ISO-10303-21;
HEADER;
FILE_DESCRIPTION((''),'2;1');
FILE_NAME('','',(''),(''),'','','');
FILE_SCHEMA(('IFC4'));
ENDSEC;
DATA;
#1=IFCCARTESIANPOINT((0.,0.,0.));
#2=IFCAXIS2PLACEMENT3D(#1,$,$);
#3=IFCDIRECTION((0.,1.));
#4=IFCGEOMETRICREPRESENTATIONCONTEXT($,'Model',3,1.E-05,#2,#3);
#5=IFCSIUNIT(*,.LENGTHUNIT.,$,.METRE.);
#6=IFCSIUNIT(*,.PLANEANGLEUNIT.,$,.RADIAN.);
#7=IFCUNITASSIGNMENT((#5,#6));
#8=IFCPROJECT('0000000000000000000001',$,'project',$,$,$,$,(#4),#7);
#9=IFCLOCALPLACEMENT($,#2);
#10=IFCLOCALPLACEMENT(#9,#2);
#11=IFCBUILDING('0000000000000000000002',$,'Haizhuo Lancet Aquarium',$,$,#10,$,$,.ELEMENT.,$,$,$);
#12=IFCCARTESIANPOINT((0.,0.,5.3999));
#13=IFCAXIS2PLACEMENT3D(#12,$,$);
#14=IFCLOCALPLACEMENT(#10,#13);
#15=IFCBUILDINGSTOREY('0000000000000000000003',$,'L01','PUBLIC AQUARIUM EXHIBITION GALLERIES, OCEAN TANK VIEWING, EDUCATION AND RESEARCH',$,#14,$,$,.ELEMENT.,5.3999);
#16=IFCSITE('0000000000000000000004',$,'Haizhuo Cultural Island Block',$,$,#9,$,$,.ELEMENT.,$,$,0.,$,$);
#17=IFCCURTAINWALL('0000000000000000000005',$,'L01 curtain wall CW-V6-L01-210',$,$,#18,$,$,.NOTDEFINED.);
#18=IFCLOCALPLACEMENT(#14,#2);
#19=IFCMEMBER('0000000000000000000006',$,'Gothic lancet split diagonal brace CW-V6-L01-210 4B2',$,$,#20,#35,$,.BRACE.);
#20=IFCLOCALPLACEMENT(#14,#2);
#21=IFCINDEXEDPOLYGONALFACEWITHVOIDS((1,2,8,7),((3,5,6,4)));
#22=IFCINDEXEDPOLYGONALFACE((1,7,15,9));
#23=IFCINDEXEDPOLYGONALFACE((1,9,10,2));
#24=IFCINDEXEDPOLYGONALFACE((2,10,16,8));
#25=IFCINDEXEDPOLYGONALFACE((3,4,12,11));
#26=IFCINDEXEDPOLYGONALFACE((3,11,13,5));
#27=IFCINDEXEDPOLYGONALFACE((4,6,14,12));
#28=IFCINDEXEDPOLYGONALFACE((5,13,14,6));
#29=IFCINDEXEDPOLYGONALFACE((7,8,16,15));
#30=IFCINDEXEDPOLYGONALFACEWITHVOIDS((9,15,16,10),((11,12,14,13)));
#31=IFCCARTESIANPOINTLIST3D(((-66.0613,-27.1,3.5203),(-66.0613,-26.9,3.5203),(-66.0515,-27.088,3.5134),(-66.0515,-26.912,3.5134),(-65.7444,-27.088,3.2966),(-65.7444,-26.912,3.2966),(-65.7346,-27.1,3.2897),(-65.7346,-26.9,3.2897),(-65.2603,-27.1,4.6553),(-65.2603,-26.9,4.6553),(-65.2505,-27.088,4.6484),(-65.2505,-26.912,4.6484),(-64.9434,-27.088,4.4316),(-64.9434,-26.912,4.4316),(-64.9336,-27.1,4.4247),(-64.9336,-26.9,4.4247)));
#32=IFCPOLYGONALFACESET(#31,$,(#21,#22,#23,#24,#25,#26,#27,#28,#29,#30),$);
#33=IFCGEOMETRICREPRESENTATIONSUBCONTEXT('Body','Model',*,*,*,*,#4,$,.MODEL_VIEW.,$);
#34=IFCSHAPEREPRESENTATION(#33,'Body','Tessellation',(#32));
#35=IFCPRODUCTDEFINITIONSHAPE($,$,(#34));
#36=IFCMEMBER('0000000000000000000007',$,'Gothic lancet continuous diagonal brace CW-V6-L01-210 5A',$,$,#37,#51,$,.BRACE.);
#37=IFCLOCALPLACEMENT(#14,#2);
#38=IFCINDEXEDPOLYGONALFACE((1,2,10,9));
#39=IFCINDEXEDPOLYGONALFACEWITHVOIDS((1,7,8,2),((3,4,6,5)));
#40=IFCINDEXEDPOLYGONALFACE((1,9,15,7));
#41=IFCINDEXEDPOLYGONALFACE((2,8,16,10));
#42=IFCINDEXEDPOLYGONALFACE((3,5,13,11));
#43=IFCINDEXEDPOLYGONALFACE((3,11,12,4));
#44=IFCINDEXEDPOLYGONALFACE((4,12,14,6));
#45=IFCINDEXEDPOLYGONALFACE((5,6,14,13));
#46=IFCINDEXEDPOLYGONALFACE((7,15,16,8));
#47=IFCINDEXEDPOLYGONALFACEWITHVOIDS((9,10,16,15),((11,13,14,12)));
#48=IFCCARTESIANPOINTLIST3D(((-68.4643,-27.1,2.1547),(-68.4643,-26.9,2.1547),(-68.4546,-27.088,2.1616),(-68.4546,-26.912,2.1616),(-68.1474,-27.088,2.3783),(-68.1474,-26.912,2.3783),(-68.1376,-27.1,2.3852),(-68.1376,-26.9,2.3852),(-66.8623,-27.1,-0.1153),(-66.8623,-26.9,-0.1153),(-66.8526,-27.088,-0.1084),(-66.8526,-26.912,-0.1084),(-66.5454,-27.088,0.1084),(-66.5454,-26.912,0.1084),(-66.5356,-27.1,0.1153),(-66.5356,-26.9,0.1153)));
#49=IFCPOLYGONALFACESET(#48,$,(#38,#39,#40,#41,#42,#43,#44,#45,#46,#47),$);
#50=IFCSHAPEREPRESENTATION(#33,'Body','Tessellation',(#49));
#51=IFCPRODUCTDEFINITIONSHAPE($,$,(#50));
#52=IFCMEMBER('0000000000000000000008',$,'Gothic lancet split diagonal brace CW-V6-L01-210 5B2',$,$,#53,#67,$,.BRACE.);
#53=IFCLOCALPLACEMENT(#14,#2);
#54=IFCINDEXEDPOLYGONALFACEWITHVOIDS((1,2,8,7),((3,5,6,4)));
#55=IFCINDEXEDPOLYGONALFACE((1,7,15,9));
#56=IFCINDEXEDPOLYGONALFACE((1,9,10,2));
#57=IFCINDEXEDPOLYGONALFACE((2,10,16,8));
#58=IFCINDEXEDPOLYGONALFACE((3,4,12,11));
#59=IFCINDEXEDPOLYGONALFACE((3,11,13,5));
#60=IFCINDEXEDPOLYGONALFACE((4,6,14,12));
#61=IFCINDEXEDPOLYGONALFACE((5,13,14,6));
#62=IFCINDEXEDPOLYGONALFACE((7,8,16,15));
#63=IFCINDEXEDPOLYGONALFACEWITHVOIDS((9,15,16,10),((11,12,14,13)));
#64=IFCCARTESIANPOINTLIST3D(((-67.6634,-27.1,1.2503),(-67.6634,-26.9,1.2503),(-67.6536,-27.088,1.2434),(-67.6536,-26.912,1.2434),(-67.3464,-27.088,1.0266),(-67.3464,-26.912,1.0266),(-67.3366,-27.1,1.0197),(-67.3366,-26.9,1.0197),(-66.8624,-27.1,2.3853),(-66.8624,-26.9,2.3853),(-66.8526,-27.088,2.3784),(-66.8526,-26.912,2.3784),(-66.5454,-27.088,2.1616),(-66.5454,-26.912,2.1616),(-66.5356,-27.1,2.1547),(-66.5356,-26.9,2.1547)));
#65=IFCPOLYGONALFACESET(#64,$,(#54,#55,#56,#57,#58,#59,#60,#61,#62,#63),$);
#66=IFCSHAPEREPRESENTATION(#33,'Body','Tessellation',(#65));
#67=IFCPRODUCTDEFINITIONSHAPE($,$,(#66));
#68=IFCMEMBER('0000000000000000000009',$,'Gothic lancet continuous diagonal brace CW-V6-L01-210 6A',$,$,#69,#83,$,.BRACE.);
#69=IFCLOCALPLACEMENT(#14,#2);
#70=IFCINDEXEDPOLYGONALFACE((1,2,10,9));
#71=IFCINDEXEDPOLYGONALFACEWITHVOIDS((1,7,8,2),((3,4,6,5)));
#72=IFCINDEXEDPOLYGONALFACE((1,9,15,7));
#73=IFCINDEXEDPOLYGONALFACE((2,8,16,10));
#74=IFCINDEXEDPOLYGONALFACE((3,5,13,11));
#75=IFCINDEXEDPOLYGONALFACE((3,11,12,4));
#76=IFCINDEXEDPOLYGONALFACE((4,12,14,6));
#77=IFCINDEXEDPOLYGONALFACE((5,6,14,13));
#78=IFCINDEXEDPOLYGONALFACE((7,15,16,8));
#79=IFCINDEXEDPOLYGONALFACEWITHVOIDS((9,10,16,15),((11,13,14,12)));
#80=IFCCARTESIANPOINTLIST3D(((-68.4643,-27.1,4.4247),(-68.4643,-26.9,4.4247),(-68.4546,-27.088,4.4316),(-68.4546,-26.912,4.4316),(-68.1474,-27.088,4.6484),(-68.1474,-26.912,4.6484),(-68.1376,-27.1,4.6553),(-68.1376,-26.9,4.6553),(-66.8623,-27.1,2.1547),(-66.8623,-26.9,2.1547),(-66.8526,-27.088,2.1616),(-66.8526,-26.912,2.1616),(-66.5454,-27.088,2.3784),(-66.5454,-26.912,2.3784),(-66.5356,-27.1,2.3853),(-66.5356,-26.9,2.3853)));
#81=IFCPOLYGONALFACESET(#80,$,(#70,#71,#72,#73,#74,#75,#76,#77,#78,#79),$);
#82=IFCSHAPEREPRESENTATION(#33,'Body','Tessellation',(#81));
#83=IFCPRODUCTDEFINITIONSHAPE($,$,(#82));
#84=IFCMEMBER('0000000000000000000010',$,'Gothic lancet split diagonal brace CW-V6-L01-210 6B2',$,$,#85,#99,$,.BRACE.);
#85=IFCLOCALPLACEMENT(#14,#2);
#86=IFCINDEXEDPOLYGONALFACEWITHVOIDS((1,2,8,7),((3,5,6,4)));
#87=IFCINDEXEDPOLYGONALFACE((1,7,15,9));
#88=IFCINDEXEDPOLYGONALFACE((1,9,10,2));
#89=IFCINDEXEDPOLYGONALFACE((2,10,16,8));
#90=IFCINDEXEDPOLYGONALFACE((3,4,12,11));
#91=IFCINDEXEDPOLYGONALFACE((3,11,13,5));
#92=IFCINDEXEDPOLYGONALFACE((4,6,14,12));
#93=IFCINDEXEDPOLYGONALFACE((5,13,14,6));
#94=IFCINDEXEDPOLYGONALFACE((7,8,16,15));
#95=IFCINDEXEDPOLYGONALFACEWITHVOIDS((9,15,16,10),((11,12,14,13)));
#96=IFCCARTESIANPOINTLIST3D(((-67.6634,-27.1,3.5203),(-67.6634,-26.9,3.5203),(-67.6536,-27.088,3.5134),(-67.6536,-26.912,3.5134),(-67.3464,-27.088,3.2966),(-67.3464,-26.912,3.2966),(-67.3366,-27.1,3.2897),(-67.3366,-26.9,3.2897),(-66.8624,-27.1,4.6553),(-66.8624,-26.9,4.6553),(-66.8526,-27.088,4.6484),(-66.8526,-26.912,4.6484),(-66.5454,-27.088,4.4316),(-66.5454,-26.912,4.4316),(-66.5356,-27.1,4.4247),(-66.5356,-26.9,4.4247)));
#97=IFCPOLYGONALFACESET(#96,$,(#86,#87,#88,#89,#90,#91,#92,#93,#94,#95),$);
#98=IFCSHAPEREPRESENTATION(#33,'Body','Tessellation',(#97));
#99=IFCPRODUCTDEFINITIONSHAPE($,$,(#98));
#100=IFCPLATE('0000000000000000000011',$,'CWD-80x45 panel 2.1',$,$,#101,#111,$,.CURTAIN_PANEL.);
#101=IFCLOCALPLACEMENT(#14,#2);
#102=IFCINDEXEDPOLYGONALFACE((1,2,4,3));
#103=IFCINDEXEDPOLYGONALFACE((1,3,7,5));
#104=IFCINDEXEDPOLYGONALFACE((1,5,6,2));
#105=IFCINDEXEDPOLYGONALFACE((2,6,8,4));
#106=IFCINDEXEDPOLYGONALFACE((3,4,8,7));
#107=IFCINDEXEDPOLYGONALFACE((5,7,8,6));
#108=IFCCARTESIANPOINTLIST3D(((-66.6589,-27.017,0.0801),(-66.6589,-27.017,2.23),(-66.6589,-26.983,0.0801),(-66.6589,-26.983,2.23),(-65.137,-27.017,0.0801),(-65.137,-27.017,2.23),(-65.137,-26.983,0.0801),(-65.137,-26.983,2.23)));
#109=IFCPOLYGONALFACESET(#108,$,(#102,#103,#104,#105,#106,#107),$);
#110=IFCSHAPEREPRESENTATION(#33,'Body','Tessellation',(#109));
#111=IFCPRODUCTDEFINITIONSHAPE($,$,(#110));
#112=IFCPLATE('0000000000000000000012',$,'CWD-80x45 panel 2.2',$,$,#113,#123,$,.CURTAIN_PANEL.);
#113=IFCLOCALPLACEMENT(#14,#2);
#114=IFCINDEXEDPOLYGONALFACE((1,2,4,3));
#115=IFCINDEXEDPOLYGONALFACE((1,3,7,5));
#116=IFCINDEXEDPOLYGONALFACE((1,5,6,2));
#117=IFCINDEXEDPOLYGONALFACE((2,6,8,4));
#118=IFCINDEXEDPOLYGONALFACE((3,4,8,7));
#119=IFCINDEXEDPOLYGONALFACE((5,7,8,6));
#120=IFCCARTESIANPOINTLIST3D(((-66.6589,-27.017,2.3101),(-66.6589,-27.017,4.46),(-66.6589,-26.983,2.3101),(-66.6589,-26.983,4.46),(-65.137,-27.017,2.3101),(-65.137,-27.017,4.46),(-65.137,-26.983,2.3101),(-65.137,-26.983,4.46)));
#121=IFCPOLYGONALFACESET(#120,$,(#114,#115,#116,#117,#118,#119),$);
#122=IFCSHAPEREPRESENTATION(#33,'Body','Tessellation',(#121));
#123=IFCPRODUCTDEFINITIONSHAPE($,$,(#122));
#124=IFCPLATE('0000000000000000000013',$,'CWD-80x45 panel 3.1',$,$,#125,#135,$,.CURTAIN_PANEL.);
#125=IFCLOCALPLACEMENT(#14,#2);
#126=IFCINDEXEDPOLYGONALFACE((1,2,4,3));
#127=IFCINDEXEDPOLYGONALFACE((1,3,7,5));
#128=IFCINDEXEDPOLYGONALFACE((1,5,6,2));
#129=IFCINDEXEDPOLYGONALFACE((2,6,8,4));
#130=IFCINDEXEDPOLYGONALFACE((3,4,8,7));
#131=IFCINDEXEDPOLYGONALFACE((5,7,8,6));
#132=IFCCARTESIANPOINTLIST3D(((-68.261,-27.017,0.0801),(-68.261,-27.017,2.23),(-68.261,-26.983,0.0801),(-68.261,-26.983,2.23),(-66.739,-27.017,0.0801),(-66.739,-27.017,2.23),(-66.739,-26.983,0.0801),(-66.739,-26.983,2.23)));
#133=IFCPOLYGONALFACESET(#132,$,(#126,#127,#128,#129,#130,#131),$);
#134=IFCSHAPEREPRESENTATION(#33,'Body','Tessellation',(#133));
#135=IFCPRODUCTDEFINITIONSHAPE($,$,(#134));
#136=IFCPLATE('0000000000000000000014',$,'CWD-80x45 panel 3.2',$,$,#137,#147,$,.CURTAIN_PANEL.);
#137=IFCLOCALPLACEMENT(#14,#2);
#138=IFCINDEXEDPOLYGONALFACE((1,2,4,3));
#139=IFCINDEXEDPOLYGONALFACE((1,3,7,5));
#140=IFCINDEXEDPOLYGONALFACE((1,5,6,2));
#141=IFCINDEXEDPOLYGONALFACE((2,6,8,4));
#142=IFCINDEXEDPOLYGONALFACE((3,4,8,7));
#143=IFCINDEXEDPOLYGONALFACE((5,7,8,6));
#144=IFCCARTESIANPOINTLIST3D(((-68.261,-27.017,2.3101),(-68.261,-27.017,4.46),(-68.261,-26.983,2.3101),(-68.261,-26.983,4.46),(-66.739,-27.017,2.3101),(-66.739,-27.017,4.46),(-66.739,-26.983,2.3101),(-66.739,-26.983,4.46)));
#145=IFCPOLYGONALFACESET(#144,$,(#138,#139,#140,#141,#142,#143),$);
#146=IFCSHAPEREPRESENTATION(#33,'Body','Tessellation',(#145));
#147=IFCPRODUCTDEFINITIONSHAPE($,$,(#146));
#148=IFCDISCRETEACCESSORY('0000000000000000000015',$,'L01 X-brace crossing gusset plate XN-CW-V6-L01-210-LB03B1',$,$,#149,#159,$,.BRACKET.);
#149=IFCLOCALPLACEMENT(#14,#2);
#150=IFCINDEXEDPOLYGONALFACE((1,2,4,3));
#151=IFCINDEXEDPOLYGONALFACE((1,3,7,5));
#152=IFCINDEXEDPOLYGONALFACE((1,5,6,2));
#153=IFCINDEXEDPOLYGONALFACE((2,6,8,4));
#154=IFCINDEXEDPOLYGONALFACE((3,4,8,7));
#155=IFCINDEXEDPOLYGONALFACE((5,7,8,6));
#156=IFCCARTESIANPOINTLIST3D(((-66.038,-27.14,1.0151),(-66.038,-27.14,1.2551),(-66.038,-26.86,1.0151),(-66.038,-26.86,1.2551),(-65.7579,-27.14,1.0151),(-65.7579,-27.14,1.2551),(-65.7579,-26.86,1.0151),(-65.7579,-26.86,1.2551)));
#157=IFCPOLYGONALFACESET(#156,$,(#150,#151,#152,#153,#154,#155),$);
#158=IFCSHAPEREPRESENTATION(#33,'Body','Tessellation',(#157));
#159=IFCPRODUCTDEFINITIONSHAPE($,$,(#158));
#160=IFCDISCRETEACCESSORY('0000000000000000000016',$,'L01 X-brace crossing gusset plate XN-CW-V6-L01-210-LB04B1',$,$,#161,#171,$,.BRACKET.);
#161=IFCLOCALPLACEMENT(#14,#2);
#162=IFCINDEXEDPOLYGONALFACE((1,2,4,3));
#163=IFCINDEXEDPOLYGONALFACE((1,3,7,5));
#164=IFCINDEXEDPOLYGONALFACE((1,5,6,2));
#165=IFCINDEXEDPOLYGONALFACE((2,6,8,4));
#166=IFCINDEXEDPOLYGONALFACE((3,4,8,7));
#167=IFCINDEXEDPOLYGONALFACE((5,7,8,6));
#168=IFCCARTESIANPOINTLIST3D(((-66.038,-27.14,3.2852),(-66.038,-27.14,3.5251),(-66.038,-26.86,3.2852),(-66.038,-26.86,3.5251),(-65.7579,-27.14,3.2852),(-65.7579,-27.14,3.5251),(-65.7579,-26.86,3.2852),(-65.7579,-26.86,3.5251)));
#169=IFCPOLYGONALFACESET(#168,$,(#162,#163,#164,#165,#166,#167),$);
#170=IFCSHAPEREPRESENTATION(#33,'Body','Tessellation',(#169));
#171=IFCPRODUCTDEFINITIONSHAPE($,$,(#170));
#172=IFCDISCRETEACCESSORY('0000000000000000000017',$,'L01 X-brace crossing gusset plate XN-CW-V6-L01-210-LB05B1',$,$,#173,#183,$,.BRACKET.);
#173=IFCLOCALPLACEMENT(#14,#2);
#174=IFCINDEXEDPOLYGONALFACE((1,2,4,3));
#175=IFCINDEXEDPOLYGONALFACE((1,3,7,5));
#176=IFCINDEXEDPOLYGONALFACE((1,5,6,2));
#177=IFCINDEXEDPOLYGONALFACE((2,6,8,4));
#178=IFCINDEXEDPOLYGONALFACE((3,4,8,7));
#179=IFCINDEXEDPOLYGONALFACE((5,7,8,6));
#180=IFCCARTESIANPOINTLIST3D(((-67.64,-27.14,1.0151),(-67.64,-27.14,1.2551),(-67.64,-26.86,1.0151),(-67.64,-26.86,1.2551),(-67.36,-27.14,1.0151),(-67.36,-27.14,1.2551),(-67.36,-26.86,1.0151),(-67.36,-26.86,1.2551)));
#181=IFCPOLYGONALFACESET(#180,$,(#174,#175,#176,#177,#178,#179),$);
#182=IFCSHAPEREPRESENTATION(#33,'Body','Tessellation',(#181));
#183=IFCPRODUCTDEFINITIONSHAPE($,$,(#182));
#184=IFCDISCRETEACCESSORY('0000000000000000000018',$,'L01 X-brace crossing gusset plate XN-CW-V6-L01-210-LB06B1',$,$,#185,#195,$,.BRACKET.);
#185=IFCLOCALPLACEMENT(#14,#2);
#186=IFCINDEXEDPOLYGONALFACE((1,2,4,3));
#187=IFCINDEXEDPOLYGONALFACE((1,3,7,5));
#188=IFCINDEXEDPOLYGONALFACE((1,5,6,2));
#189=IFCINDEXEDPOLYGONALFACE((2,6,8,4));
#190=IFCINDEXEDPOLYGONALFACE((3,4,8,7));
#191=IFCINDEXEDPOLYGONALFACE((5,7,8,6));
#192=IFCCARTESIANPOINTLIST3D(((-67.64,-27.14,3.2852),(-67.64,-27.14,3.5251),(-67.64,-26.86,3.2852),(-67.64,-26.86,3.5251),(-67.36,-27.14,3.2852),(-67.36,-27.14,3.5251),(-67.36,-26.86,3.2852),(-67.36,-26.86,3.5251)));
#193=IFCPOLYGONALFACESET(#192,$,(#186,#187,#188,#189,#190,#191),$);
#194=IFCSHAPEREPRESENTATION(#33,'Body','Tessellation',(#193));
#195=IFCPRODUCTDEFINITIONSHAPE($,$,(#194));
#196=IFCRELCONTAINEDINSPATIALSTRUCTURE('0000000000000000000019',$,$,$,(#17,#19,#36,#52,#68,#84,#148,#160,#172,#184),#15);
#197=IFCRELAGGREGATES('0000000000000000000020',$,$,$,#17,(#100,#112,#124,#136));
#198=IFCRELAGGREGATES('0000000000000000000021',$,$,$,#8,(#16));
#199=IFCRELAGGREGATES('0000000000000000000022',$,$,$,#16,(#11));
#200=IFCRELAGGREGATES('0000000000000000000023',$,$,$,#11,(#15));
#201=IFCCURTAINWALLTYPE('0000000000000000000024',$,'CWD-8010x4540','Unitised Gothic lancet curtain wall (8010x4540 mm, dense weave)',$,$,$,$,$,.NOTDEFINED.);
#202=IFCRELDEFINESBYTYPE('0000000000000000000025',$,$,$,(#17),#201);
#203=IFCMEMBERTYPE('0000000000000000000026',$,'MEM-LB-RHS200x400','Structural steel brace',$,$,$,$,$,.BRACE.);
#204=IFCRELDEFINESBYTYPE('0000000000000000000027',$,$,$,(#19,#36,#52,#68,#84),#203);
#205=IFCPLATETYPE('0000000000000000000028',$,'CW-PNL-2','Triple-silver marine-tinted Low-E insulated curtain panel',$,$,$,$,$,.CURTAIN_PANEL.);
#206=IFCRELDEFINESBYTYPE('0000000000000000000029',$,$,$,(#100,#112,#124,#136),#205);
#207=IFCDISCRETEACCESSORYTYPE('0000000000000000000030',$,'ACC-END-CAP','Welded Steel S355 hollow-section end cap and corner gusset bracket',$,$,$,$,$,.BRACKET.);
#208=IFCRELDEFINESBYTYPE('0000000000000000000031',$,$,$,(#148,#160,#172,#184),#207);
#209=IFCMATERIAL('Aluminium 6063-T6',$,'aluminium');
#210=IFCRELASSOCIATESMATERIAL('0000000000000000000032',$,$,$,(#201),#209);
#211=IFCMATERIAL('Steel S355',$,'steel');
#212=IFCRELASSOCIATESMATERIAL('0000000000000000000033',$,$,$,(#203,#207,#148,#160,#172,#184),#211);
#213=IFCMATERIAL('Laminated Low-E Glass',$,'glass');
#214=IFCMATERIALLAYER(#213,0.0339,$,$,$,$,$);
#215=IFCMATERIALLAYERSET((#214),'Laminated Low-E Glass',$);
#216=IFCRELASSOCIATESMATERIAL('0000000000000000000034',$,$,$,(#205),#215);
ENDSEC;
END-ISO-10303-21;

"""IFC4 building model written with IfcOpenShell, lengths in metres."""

from ifc_helpers import new_model, si_unit, direction, frame, origin, origin_2d, place, context, subcontext, project, spatial, rectangle, hollow_rectangle, extrude, material, layer, layer_set, material_profile, profile_set, type_object, element, aggregate, save


model = new_model("IFC4")

# Units and contexts
model_context = context("Model", 3, precision=1e-05, world=origin(), true_north=direction((0.0, 1.0)))
body_context = subcontext(model_context, "Body", "Model", "MODEL_VIEW")
ifc_project = project(units=[si_unit("LENGTHUNIT", "METRE"), si_unit("PLANEANGLEUNIT", "RADIAN")], contexts=[model_context])

# Site, building, storey
site_placement = place(None, origin())
site = spatial("IfcSite", under=ifc_project, at=site_placement, Name="Haizhuo Cultural Island Block", CompositionType="ELEMENT", RefElevation=0.0)
building_placement = place(site_placement, origin())
building = spatial("IfcBuilding", under=site, at=building_placement, Name="Haizhuo Lancet Aquarium", CompositionType="ELEMENT")
storey_placement = place(building_placement, frame((0.0, 0.0, 5.3999)))
storey = spatial("IfcBuildingStorey", under=building, at=storey_placement, Name="L01", Description="PUBLIC AQUARIUM EXHIBITION GALLERIES, OCEAN TANK VIEWING, EDUCATION AND RESEARCH", CompositionType="ELEMENT", Elevation=5.3999)

# Curtain wall
ifc_material_1 = material(Name="Aluminium 6063-T6", Category="aluminium")
curtain_wall_type = type_object("IfcCurtainWallType", Name="CWD-8010x4540", Description="Unitised Gothic lancet curtain wall (8010x4540 mm, dense weave)", PredefinedType="NOTDEFINED", material=ifc_material_1)
curtain_wall_placement = place(storey_placement, origin())
curtain_wall = element("IfcCurtainWall", 1, at=curtain_wall_placement, inside=storey, type_object=curtain_wall_type, Name="L01 curtain wall CW-V6-L01-210", PredefinedType="NOTDEFINED")

# Members
ifc_material_2 = material(Name="Steel S355", Category="steel")
ifc_material_profile_1 = material_profile(ifc_material_2, hollow_rectangle(XDim=0.2, YDim=0.3999, WallThickness=0.012, at=origin_2d()), Name="RHS 200x400x12")
ifc_profile_set_1 = profile_set([ifc_material_profile_1], Name="Steel S355")
member_type_1 = type_object("IfcMemberType", Name="MEM-LB-RHS200x400", Description="Structural steel brace", PredefinedType="BRACE", material=ifc_profile_set_1)
for number, where, z_axis, x_axis, name in (
    (2, (-65.8979, -27.0, 3.405), (0.576607, 0.0, 0.817021), (0.0, 1.0, 0.0), "Gothic lancet split diagonal brace CW-V6-L01-210 4B2"),
):
    element("IfcMember", number, at=place(storey_placement, frame(where, z_axis=z_axis, x_axis=x_axis)), inside=storey, type_object=member_type_1, Name=name, PredefinedType="BRACE", context=body_context, shape_type="SweptSolid", body=[
        extrude(hollow_rectangle(XDim=0.2, YDim=0.3999, WallThickness=0.012, at=origin_2d()), origin(), (0.0, 0.0, 1.0), 1.3892),
    ])
member_1_placement = place(storey_placement, frame((-66.699, -27.0, 0.0), z_axis=(-0.576607, 0.0, 0.817021), x_axis=(0.0, -1.0, 0.0)))
element("IfcMember", 3, at=member_1_placement, inside=storey, type_object=member_type_1, Name="Gothic lancet continuous diagonal brace CW-V6-L01-210 5A", PredefinedType="BRACE", context=body_context, shape_type="SweptSolid", body=[
    extrude(hollow_rectangle(XDim=0.2, YDim=0.3999, WallThickness=0.012, at=origin_2d()), origin(), (0.0, 0.0, 1.0), 2.7783),
])
member_2_placement = place(storey_placement, frame((-67.5, -27.0, 1.135), z_axis=(0.576607, 0.0, 0.817021), x_axis=(0.0, 1.0, 0.0)))
element("IfcMember", 4, at=member_2_placement, inside=storey, type_object=member_type_1, Name="Gothic lancet split diagonal brace CW-V6-L01-210 5B2", PredefinedType="BRACE", context=body_context, shape_type="SweptSolid", body=[
    extrude(hollow_rectangle(XDim=0.2, YDim=0.3999, WallThickness=0.012, at=origin_2d()), origin(), (0.0, 0.0, 1.0), 1.3892),
])
member_3_placement = place(storey_placement, frame((-66.699, -27.0, 2.27), z_axis=(-0.576607, 0.0, 0.817021), x_axis=(0.0, -1.0, 0.0)))
element("IfcMember", 5, at=member_3_placement, inside=storey, type_object=member_type_1, Name="Gothic lancet continuous diagonal brace CW-V6-L01-210 6A", PredefinedType="BRACE", context=body_context, shape_type="SweptSolid", body=[
    extrude(hollow_rectangle(XDim=0.2, YDim=0.3999, WallThickness=0.012, at=origin_2d()), origin(), (0.0, 0.0, 1.0), 2.7783),
])
member_4_placement = place(storey_placement, frame((-67.5, -27.0, 3.405), z_axis=(0.576607, 0.0, 0.817021), x_axis=(0.0, 1.0, 0.0)))
element("IfcMember", 6, at=member_4_placement, inside=storey, type_object=member_type_1, Name="Gothic lancet split diagonal brace CW-V6-L01-210 6B2", PredefinedType="BRACE", context=body_context, shape_type="SweptSolid", body=[
    extrude(hollow_rectangle(XDim=0.2, YDim=0.3999, WallThickness=0.012, at=origin_2d()), origin(), (0.0, 0.0, 1.0), 1.3892),
])

# Plates
ifc_material_3 = material(Name="Laminated Low-E Glass", Category="glass")
ifc_layer = layer(ifc_material_3, 0.0339)
ifc_layer_set = layer_set([ifc_layer], Name="Laminated Low-E Glass")
plate_type = type_object("IfcPlateType", Name="CW-PNL-2", Description="Triple-silver marine-tinted Low-E insulated curtain panel", PredefinedType="CURTAIN_PANEL", material=ifc_layer_set)
plate_1_placement = place(storey_placement, frame((-65.8979, -27.0, 0.0801), z_axis=(0.0, 0.0, 1.0), x_axis=(-1.0, 0.0, 0.0)))
plate_1 = element("IfcPlate", 7, at=plate_1_placement, type_object=plate_type, Name="CWD-80x45 panel 2.1", PredefinedType="CURTAIN_PANEL", context=body_context, shape_type="SweptSolid", body=[
    extrude(rectangle(XDim=1.522, YDim=0.0339, at=origin_2d()), origin(), (0.0, 0.0, 1.0), 2.1499),
])
plate_2_placement = place(storey_placement, frame((-65.8979, -27.0, 2.3101), z_axis=(0.0, 0.0, 1.0), x_axis=(-1.0, 0.0, 0.0)))
plate_2 = element("IfcPlate", 8, at=plate_2_placement, type_object=plate_type, Name="CWD-80x45 panel 2.2", PredefinedType="CURTAIN_PANEL", context=body_context, shape_type="SweptSolid", body=[
    extrude(rectangle(XDim=1.522, YDim=0.0339, at=origin_2d()), origin(), (0.0, 0.0, 1.0), 2.1499),
])
plate_3_placement = place(storey_placement, frame((-67.5, -27.0, 0.0801), z_axis=(0.0, 0.0, 1.0), x_axis=(-1.0, 0.0, 0.0)))
plate_3 = element("IfcPlate", 9, at=plate_3_placement, type_object=plate_type, Name="CWD-80x45 panel 3.1", PredefinedType="CURTAIN_PANEL", context=body_context, shape_type="SweptSolid", body=[
    extrude(rectangle(XDim=1.522, YDim=0.0339, at=origin_2d()), origin(), (0.0, 0.0, 1.0), 2.1499),
])
plate_4_placement = place(storey_placement, frame((-67.5, -27.0, 2.3101), z_axis=(0.0, 0.0, 1.0), x_axis=(-1.0, 0.0, 0.0)))
plate_4 = element("IfcPlate", 10, at=plate_4_placement, type_object=plate_type, Name="CWD-80x45 panel 3.2", PredefinedType="CURTAIN_PANEL", context=body_context, shape_type="SweptSolid", body=[
    extrude(rectangle(XDim=1.522, YDim=0.0339, at=origin_2d()), origin(), (0.0, 0.0, 1.0), 2.1499),
])
aggregate(curtain_wall, [plate_1, plate_2, plate_3, plate_4])

# Discrete accessories
discrete_accessory_type = type_object("IfcDiscreteAccessoryType", Name="ACC-END-CAP", Description="Welded Steel S355 hollow-section end cap and corner gusset bracket", PredefinedType="BRACKET", material=ifc_material_2)
for number, where, z_axis, x_axis, name in (
    (11, (-65.8979, -27.0, 1.0151), (0.0, 0.0, 1.0), (1.0, 0.0, 0.0), "L01 X-brace crossing gusset plate XN-CW-V6-L01-210-LB03B1"),
    (12, (-65.8979, -27.0, 3.2852), (0.0, 0.0, 1.0), (1.0, 0.0, 0.0), "L01 X-brace crossing gusset plate XN-CW-V6-L01-210-LB04B1"),
    (13, (-67.5, -27.0, 1.0151), (0.0, 0.0, 1.0), (1.0, 0.0, 0.0), "L01 X-brace crossing gusset plate XN-CW-V6-L01-210-LB05B1"),
    (14, (-67.5, -27.0, 3.2852), (0.0, 0.0, 1.0), (1.0, 0.0, 0.0), "L01 X-brace crossing gusset plate XN-CW-V6-L01-210-LB06B1"),
):
    element("IfcDiscreteAccessory", number, at=place(storey_placement, frame(where, z_axis=z_axis, x_axis=x_axis)), inside=storey, type_object=discrete_accessory_type, material=ifc_material_2, Name=name, PredefinedType="BRACKET", context=body_context, shape_type="SweptSolid", body=[
        extrude(rectangle(XDim=0.28, YDim=0.28, at=origin_2d()), origin(), (0.0, 0.0, 1.0), 0.24),
    ])

save(model, "model.ifc")
